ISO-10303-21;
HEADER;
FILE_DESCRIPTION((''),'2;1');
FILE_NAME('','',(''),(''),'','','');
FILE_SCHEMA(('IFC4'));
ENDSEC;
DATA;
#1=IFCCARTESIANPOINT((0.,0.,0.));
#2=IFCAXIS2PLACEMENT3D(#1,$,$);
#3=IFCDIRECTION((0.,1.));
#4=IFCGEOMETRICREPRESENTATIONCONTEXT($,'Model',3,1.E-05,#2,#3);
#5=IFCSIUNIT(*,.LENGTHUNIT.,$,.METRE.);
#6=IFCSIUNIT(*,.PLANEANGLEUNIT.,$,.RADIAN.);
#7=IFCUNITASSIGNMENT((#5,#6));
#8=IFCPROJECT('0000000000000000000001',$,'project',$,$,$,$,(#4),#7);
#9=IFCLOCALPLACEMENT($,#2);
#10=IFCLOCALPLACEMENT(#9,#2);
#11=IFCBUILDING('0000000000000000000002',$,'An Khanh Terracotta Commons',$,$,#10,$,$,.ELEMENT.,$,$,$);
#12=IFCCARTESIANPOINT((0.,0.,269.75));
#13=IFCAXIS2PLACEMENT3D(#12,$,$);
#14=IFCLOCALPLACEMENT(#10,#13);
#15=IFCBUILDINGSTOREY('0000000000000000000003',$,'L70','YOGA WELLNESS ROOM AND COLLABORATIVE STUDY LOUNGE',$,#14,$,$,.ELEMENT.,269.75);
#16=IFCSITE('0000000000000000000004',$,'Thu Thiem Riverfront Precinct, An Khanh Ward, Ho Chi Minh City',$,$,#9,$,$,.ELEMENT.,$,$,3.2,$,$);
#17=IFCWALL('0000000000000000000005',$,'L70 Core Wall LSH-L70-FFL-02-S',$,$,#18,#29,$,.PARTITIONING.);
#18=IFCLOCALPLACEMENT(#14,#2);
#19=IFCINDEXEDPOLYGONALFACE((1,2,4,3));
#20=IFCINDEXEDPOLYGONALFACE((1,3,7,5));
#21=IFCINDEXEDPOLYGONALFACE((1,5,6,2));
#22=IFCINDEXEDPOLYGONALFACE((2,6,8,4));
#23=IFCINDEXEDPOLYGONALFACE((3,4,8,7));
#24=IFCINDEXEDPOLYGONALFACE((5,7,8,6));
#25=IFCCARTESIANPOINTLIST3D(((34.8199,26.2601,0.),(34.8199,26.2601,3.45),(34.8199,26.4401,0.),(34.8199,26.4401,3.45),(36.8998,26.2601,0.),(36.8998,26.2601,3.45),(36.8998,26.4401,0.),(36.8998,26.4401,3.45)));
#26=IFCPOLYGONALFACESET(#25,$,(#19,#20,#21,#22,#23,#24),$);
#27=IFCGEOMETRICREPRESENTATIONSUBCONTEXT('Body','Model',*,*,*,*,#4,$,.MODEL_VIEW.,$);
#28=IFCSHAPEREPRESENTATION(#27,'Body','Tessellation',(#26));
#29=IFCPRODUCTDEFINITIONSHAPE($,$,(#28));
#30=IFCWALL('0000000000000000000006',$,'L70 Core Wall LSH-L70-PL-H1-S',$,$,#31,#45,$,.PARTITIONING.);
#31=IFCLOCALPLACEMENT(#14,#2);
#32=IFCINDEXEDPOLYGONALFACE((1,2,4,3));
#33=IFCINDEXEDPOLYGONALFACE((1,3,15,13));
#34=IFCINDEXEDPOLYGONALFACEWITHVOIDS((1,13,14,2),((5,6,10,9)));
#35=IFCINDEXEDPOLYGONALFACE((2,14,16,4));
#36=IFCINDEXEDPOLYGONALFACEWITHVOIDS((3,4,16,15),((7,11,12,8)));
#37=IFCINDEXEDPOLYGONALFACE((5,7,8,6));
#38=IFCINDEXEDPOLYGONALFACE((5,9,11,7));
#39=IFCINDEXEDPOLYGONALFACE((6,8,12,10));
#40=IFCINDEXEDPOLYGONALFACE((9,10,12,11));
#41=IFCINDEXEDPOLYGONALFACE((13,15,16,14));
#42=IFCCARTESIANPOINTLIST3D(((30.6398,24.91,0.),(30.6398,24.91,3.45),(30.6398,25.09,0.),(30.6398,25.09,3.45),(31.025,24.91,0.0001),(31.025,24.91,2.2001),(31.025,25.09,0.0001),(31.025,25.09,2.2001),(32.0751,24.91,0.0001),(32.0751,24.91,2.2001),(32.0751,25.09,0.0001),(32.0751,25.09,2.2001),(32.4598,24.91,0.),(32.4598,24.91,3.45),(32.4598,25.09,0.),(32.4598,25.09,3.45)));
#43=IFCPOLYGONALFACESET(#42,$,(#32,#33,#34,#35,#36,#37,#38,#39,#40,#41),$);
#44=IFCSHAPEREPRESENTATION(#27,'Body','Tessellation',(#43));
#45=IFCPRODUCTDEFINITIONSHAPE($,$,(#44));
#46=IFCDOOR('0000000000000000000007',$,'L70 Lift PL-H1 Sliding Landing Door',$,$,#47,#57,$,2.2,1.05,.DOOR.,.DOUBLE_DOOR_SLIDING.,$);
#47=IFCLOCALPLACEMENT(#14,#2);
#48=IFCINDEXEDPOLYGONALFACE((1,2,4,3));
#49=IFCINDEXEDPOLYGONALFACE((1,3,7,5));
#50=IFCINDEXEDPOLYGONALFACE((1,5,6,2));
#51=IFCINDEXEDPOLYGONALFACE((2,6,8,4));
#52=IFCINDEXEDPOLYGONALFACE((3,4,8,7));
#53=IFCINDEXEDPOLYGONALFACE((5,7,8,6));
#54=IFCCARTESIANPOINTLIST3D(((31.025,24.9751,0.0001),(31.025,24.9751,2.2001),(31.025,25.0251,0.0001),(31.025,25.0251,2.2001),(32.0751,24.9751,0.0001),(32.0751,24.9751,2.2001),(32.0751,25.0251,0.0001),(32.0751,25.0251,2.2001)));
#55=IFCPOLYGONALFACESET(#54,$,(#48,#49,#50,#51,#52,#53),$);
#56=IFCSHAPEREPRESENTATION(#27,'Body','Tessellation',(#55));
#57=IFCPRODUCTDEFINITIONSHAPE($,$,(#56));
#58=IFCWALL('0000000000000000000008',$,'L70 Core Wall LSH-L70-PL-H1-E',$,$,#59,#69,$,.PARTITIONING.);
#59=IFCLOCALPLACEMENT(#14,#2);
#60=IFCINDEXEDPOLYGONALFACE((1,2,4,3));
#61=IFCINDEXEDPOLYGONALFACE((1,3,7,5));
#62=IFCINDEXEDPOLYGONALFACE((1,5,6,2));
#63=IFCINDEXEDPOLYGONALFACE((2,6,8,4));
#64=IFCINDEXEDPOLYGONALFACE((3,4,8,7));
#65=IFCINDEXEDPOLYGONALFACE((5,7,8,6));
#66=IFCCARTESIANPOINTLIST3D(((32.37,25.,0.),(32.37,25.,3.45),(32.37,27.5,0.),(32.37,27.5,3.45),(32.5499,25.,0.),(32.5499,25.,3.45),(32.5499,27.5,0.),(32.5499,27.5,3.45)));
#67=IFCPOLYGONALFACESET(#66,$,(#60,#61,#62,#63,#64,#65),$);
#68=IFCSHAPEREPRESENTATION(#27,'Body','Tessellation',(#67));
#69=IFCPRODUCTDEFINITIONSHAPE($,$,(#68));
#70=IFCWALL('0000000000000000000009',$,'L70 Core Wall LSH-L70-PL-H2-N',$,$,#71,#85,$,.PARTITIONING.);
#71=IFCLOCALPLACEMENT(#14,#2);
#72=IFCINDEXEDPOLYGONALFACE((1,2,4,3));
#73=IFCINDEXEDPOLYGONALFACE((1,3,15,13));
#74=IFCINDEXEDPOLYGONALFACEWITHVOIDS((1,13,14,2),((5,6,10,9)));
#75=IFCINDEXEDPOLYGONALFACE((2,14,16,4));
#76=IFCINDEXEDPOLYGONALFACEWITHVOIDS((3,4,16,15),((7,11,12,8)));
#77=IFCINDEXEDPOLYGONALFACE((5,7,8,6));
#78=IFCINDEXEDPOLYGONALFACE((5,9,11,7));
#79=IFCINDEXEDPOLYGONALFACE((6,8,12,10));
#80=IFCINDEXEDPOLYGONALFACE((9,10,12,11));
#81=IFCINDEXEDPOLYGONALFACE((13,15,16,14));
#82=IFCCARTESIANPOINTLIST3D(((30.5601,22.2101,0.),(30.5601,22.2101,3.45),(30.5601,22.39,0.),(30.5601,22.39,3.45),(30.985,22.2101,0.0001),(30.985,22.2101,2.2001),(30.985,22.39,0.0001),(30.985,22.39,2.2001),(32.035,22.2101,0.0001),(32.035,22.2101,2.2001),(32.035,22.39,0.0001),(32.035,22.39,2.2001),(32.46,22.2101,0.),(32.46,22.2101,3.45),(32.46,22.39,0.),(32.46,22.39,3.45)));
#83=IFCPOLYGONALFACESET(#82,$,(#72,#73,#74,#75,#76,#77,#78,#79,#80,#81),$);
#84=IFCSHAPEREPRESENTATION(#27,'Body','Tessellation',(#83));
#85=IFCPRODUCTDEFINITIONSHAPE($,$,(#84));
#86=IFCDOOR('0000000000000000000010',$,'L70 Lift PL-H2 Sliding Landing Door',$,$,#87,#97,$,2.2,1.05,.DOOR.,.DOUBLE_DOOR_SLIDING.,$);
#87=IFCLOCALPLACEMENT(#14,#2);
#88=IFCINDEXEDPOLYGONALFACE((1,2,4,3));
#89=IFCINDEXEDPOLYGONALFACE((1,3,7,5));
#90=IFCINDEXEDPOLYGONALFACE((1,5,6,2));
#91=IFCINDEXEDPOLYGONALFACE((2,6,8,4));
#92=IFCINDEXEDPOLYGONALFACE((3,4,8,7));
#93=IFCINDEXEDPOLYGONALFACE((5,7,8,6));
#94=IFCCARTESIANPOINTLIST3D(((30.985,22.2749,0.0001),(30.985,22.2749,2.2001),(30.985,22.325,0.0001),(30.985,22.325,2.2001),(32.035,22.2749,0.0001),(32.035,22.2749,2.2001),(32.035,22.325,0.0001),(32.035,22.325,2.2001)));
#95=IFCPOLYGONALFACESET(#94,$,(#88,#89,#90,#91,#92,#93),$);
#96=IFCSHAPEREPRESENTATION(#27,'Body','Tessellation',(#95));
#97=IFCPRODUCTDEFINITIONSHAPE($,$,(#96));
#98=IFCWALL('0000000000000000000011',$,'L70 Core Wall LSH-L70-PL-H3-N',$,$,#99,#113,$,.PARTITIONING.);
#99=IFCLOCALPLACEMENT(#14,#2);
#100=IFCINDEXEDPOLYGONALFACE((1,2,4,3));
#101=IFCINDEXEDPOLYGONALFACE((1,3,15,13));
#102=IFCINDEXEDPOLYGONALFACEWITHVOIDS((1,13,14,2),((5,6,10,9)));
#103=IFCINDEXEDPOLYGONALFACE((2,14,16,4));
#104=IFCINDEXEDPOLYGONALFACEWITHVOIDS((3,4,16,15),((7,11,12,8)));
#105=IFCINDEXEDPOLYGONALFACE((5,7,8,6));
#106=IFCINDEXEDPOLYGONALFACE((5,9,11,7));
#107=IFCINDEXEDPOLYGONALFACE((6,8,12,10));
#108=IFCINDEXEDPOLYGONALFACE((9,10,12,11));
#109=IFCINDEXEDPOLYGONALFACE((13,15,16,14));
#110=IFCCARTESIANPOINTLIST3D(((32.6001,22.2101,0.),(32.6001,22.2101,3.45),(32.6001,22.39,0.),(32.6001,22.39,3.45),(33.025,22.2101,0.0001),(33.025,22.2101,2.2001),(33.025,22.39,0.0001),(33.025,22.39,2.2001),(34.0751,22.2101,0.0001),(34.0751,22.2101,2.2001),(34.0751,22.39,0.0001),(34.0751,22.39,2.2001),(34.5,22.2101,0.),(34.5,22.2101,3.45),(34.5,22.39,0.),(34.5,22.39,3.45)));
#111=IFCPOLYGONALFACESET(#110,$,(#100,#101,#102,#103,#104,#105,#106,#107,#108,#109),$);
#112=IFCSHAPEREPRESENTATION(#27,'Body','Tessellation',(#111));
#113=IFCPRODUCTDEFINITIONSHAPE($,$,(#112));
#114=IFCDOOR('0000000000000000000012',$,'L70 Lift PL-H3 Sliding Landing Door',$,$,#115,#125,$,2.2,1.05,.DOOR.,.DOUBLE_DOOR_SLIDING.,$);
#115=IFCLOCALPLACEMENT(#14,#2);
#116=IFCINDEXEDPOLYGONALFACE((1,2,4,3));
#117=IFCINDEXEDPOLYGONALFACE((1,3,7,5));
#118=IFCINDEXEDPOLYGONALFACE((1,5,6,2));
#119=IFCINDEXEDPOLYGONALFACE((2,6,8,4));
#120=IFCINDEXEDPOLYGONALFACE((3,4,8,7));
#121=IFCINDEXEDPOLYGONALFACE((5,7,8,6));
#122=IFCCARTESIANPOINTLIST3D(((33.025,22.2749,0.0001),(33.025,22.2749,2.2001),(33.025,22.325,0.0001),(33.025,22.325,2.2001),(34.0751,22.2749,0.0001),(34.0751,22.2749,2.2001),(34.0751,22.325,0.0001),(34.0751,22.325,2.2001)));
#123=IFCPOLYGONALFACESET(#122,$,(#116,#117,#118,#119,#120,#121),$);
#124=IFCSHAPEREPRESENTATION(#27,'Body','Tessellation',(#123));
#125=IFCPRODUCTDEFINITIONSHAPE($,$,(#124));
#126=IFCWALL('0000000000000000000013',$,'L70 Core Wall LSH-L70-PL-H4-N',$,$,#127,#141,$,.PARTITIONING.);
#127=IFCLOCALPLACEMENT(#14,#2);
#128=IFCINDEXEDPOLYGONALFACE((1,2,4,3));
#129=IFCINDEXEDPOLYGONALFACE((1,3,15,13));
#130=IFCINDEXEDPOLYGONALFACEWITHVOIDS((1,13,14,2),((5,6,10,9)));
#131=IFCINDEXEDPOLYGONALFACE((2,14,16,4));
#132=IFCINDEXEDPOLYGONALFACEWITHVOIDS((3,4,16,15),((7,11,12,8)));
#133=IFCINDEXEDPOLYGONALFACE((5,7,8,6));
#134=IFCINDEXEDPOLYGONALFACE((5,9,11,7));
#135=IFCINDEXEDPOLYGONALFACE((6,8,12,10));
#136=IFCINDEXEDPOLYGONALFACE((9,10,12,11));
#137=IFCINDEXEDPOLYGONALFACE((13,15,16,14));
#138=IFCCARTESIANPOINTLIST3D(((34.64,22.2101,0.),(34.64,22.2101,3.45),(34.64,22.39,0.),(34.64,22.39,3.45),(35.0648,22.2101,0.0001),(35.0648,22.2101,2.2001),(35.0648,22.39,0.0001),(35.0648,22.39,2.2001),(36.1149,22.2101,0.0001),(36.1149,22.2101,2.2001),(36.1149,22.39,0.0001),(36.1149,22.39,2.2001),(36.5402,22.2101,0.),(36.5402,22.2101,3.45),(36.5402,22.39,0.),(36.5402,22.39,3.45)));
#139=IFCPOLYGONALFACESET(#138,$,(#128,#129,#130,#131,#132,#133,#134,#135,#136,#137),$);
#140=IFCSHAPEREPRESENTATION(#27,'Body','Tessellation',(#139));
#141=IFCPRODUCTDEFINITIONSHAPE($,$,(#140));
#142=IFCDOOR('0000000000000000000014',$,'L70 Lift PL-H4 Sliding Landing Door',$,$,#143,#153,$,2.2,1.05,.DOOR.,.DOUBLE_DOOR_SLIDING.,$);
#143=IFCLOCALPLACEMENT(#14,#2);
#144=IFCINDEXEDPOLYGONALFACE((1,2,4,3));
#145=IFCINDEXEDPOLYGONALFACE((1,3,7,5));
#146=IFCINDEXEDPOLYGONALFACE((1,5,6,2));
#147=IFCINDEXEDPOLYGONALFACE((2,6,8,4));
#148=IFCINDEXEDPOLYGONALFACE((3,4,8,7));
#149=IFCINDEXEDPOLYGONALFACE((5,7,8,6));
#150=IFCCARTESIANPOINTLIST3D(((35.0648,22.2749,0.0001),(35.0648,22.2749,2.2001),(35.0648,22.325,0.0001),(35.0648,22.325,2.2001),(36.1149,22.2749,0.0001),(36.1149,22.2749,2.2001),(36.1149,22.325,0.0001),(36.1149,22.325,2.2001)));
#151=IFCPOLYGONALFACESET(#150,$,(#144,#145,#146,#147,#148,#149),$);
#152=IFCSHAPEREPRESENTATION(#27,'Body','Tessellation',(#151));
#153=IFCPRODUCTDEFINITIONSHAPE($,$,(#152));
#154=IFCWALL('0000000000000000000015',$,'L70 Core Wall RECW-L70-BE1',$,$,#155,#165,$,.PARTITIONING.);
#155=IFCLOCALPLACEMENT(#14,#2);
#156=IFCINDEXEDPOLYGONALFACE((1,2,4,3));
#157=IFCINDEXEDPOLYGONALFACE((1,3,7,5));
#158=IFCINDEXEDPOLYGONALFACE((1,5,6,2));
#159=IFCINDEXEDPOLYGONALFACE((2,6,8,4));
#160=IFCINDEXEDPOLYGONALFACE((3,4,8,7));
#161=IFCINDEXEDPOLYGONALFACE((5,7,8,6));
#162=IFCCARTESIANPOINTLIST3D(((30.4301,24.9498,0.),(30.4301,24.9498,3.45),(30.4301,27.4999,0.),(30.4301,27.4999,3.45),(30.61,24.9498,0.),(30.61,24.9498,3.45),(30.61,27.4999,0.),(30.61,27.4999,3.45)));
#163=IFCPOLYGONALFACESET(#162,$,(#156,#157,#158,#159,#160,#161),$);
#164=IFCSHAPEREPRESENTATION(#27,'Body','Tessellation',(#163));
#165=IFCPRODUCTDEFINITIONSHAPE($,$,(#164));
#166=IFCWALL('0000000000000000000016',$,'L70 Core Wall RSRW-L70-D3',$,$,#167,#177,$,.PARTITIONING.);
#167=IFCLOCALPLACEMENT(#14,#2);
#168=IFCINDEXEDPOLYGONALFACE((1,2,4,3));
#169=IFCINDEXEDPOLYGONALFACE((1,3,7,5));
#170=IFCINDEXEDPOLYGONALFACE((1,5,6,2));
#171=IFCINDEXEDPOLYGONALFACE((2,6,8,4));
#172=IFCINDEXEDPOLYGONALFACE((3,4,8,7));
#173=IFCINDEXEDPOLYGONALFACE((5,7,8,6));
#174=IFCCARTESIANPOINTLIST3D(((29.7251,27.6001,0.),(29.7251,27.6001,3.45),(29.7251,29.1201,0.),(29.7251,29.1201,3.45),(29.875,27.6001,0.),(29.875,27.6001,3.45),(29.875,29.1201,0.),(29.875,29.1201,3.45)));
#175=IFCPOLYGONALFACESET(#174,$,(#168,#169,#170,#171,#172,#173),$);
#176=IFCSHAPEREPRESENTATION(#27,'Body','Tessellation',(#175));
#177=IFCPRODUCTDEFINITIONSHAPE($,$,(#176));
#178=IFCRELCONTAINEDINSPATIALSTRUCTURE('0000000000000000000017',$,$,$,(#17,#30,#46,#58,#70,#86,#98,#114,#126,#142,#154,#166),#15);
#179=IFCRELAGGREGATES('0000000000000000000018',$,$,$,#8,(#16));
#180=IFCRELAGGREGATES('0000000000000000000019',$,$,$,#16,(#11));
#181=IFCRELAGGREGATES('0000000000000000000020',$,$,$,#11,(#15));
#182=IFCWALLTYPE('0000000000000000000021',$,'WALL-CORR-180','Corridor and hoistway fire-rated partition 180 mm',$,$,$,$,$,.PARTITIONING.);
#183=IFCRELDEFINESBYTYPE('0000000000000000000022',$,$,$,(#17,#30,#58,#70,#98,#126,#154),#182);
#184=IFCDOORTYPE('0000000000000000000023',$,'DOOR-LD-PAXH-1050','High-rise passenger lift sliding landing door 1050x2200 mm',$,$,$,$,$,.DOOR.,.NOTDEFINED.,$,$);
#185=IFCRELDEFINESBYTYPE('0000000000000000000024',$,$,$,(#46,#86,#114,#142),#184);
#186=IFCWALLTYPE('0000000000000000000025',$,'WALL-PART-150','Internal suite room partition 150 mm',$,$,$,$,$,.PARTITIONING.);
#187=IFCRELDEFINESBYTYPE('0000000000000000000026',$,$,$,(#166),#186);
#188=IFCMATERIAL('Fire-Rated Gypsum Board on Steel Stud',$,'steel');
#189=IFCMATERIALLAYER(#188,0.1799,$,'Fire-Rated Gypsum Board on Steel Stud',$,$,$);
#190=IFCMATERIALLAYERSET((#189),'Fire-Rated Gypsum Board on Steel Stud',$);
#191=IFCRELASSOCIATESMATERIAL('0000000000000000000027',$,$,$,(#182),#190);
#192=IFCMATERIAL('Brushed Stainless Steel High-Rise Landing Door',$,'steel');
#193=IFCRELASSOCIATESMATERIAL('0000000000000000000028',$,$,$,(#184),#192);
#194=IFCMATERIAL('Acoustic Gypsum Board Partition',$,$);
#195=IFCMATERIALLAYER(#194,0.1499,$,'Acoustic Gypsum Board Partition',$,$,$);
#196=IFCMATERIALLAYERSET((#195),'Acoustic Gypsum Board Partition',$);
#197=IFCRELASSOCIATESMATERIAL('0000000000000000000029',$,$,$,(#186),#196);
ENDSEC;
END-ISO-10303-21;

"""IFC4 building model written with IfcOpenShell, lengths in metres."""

from ifc_helpers import new_model, si_unit, direction, frame, frame_2d, origin, place, context, subcontext, project, spatial, rectangle, extrude, material, layer, layer_set, type_object, element, fill, save


model = new_model("IFC4")

# Units and contexts
model_context = context("Model", 3, precision=1e-05, world=origin(), true_north=direction((0.0, 1.0)))
body_context = subcontext(model_context, "Body", "Model", "MODEL_VIEW")
ifc_project = project(units=[si_unit("LENGTHUNIT", "METRE"), si_unit("PLANEANGLEUNIT", "RADIAN")], contexts=[model_context])

# Site, building, storey
site_placement = place(None, origin())
site = spatial("IfcSite", under=ifc_project, at=site_placement, Name="Thu Thiem Riverfront Precinct, An Khanh Ward, Ho Chi Minh City", CompositionType="ELEMENT", RefElevation=3.2)
building_placement = place(site_placement, origin())
building = spatial("IfcBuilding", under=site, at=building_placement, Name="An Khanh Terracotta Commons", CompositionType="ELEMENT")
storey_placement = place(building_placement, frame((0.0, 0.0, 269.75)))
storey = spatial("IfcBuildingStorey", under=building, at=storey_placement, Name="L70", Description="YOGA WELLNESS ROOM AND COLLABORATIVE STUDY LOUNGE", CompositionType="ELEMENT", Elevation=269.75)

# Wall
ifc_material_1 = material(Name="Fire-Rated Gypsum Board on Steel Stud", Category="steel")
ifc_layer_1 = layer(ifc_material_1, 0.1799, Name="Fire-Rated Gypsum Board on Steel Stud")
ifc_layer_set_1 = layer_set([ifc_layer_1], Name="Fire-Rated Gypsum Board on Steel Stud")
wall_type_1 = type_object("IfcWallType", Name="WALL-CORR-180", Description="Corridor and hoistway fire-rated partition 180 mm", PredefinedType="PARTITIONING", material=ifc_layer_set_1)
wall_1_placement = place(storey_placement, frame((36.8999, 26.3501, 0.0), z_axis=(0.0, 0.0, 1.0), x_axis=(-1.0, 0.0, 0.0)))
element("IfcWall", 1, at=wall_1_placement, inside=storey, type_object=wall_type_1, Name="L70 Core Wall LSH-L70-FFL-02-S", PredefinedType="PARTITIONING", context=body_context, shape_type="SweptSolid", body=[
    extrude(rectangle(XDim=2.0798, YDim=0.1799, at=frame_2d((1.04, 0.0))), origin(), (0.0, 0.0, 1.0), 3.45),
])

# Wall, opening, door
wall_2_placement = place(storey_placement, frame((32.46, 25.0, 0.0), z_axis=(0.0, 0.0, 1.0), x_axis=(-1.0, 0.0, 0.0)))
wall_2 = element("IfcWall", 2, at=wall_2_placement, inside=storey, type_object=wall_type_1, Name="L70 Core Wall LSH-L70-PL-H1-S", PredefinedType="PARTITIONING", context=body_context, shape_type="SweptSolid", body=[
    extrude(rectangle(XDim=1.8201, YDim=0.1799, at=frame_2d((0.9102, 0.0))), origin(), (0.0, 0.0, 1.0), 3.45),
])
opening_1_placement = place(wall_2_placement, frame((0.385, 0.0, 0.0)))
opening_1 = element("IfcOpeningElement", 3, at=opening_1_placement, cuts=wall_2, PredefinedType="OPENING", context=body_context, shape_type="SweptSolid", body=[
    extrude(rectangle(XDim=1.05, YDim=2.2, at=frame_2d((0.5249, 1.1001))), frame((0.0, 0.0999, 0.0), z_axis=(0.0, -1.0, 0.0), x_axis=(1.0, 0.0, 0.0)), (0.0, 0.0, 1.0), 0.2),
])
ifc_material_2 = material(Name="Brushed Stainless Steel High-Rise Landing Door", Category="steel")
door_type = type_object("IfcDoorType", Name="DOOR-LD-PAXH-1050", Description="High-rise passenger lift sliding landing door 1050x2200 mm", OperationType="NOTDEFINED", PredefinedType="DOOR", material=ifc_material_2)
door_1_placement = place(opening_1_placement, origin())
door_1 = element("IfcDoor", 4, at=door_1_placement, inside=storey, type_object=door_type, Name="L70 Lift PL-H1 Sliding Landing Door", OperationType="DOUBLE_DOOR_SLIDING", OverallHeight=2.2, OverallWidth=1.05, PredefinedType="DOOR", context=body_context, shape_type="SweptSolid", body=[
    extrude(rectangle(XDim=1.05, YDim=2.2, at=frame_2d((0.5249, 1.1001))), frame((0.0, 0.0249, 0.0), z_axis=(0.0, -1.0, 0.0), x_axis=(1.0, 0.0, 0.0)), (0.0, 0.0, 1.0), 0.05),
])
fill(opening_1, door_1)

# Wall
wall_3_placement = place(storey_placement, frame((32.46, 25.0, 0.0), z_axis=(0.0, 0.0, 1.0), x_axis=(0.0, 1.0, 0.0)))
element("IfcWall", 5, at=wall_3_placement, inside=storey, type_object=wall_type_1, Name="L70 Core Wall LSH-L70-PL-H1-E", PredefinedType="PARTITIONING", context=body_context, shape_type="SweptSolid", body=[
    extrude(rectangle(XDim=2.5, YDim=0.1799, at=frame_2d((1.25, 0.0))), origin(), (0.0, 0.0, 1.0), 3.45),
])

# Walls, openings, doors
wall_4_placement = place(storey_placement, frame((30.5601, 22.3, 0.0), z_axis=(0.0, 0.0, 1.0), x_axis=(1.0, 0.0, 0.0)))
wall_4 = element("IfcWall", 6, at=wall_4_placement, inside=storey, type_object=wall_type_1, Name="L70 Core Wall LSH-L70-PL-H2-N", PredefinedType="PARTITIONING", context=body_context, shape_type="SweptSolid", body=[
    extrude(rectangle(XDim=1.8999, YDim=0.1799, at=frame_2d((0.95, 0.0))), origin(), (0.0, 0.0, 1.0), 3.45),
])
opening_2_placement = place(wall_4_placement, frame((0.425, 0.0, 0.0)))
opening_2 = element("IfcOpeningElement", 7, at=opening_2_placement, cuts=wall_4, PredefinedType="OPENING", context=body_context, shape_type="SweptSolid", body=[
    extrude(rectangle(XDim=1.05, YDim=2.2, at=frame_2d((0.5249, 1.1001))), frame((0.0, 0.0999, 0.0), z_axis=(0.0, -1.0, 0.0), x_axis=(1.0, 0.0, 0.0)), (0.0, 0.0, 1.0), 0.2),
])
door_2_placement = place(opening_2_placement, origin())
door_2 = element("IfcDoor", 8, at=door_2_placement, inside=storey, type_object=door_type, Name="L70 Lift PL-H2 Sliding Landing Door", OperationType="DOUBLE_DOOR_SLIDING", OverallHeight=2.2, OverallWidth=1.05, PredefinedType="DOOR", context=body_context, shape_type="SweptSolid", body=[
    extrude(rectangle(XDim=1.05, YDim=2.2, at=frame_2d((0.5249, 1.1001))), frame((0.0, 0.0249, 0.0), z_axis=(0.0, -1.0, 0.0), x_axis=(1.0, 0.0, 0.0)), (0.0, 0.0, 1.0), 0.05),
])
fill(opening_2, door_2)
wall_5_placement = place(storey_placement, frame((32.6001, 22.3, 0.0), z_axis=(0.0, 0.0, 1.0), x_axis=(1.0, 0.0, 0.0)))
wall_5 = element("IfcWall", 9, at=wall_5_placement, inside=storey, type_object=wall_type_1, Name="L70 Core Wall LSH-L70-PL-H3-N", PredefinedType="PARTITIONING", context=body_context, shape_type="SweptSolid", body=[
    extrude(rectangle(XDim=1.8999, YDim=0.1799, at=frame_2d((0.95, 0.0))), origin(), (0.0, 0.0, 1.0), 3.45),
])
opening_3_placement = place(wall_5_placement, frame((0.425, 0.0, 0.0)))
opening_3 = element("IfcOpeningElement", 10, at=opening_3_placement, cuts=wall_5, PredefinedType="OPENING", context=body_context, shape_type="SweptSolid", body=[
    extrude(rectangle(XDim=1.05, YDim=2.2, at=frame_2d((0.5249, 1.1001))), frame((0.0, 0.0999, 0.0), z_axis=(0.0, -1.0, 0.0), x_axis=(1.0, 0.0, 0.0)), (0.0, 0.0, 1.0), 0.2),
])
door_3_placement = place(opening_3_placement, origin())
door_3 = element("IfcDoor", 11, at=door_3_placement, inside=storey, type_object=door_type, Name="L70 Lift PL-H3 Sliding Landing Door", OperationType="DOUBLE_DOOR_SLIDING", OverallHeight=2.2, OverallWidth=1.05, PredefinedType="DOOR", context=body_context, shape_type="SweptSolid", body=[
    extrude(rectangle(XDim=1.05, YDim=2.2, at=frame_2d((0.5249, 1.1001))), frame((0.0, 0.0249, 0.0), z_axis=(0.0, -1.0, 0.0), x_axis=(1.0, 0.0, 0.0)), (0.0, 0.0, 1.0), 0.05),
])
fill(opening_3, door_3)
wall_6_placement = place(storey_placement, frame((34.6399, 22.3, 0.0), z_axis=(0.0, 0.0, 1.0), x_axis=(1.0, 0.0, 0.0)))
wall_6 = element("IfcWall", 12, at=wall_6_placement, inside=storey, type_object=wall_type_1, Name="L70 Core Wall LSH-L70-PL-H4-N", PredefinedType="PARTITIONING", context=body_context, shape_type="SweptSolid", body=[
    extrude(rectangle(XDim=1.9001, YDim=0.1799, at=frame_2d((0.9502, 0.0))), origin(), (0.0, 0.0, 1.0), 3.45),
])
opening_4_placement = place(wall_6_placement, frame((0.425, 0.0, 0.0)))
opening_4 = element("IfcOpeningElement", 13, at=opening_4_placement, cuts=wall_6, PredefinedType="OPENING", context=body_context, shape_type="SweptSolid", body=[
    extrude(rectangle(XDim=1.05, YDim=2.2, at=frame_2d((0.5249, 1.1001))), frame((0.0, 0.0999, 0.0), z_axis=(0.0, -1.0, 0.0), x_axis=(1.0, 0.0, 0.0)), (0.0, 0.0, 1.0), 0.2),
])
door_4_placement = place(opening_4_placement, origin())
door_4 = element("IfcDoor", 14, at=door_4_placement, inside=storey, type_object=door_type, Name="L70 Lift PL-H4 Sliding Landing Door", OperationType="DOUBLE_DOOR_SLIDING", OverallHeight=2.2, OverallWidth=1.05, PredefinedType="DOOR", context=body_context, shape_type="SweptSolid", body=[
    extrude(rectangle(XDim=1.05, YDim=2.2, at=frame_2d((0.5249, 1.1001))), frame((0.0, 0.0249, 0.0), z_axis=(0.0, -1.0, 0.0), x_axis=(1.0, 0.0, 0.0)), (0.0, 0.0, 1.0), 0.05),
])
fill(opening_4, door_4)

# Walls
wall_7_placement = place(storey_placement, frame((30.52, 24.95, 0.0), z_axis=(0.0, 0.0, 1.0), x_axis=(0.0, 1.0, 0.0)))
element("IfcWall", 15, at=wall_7_placement, inside=storey, type_object=wall_type_1, Name="L70 Core Wall RECW-L70-BE1", PredefinedType="PARTITIONING", context=body_context, shape_type="SweptSolid", body=[
    extrude(rectangle(XDim=2.55, YDim=0.1799, at=frame_2d((1.2749, 0.0))), origin(), (0.0, 0.0, 1.0), 3.45),
])
ifc_material_3 = material(Name="Acoustic Gypsum Board Partition")
ifc_layer_2 = layer(ifc_material_3, 0.1499, Name="Acoustic Gypsum Board Partition")
ifc_layer_set_2 = layer_set([ifc_layer_2], Name="Acoustic Gypsum Board Partition")
wall_type_2 = type_object("IfcWallType", Name="WALL-PART-150", Description="Internal suite room partition 150 mm", PredefinedType="PARTITIONING", material=ifc_layer_set_2)
wall_8_placement = place(storey_placement, frame((29.8, 27.6001, 0.0), z_axis=(0.0, 0.0, 1.0), x_axis=(0.0, 1.0, 0.0)))
element("IfcWall", 16, at=wall_8_placement, inside=storey, type_object=wall_type_2, Name="L70 Core Wall RSRW-L70-D3", PredefinedType="PARTITIONING", context=body_context, shape_type="SweptSolid", body=[
    extrude(rectangle(XDim=1.52, YDim=0.1499, at=frame_2d((0.76, 0.0))), origin(), (0.0, 0.0, 1.0), 3.45),
])

save(model, "model.ifc")
